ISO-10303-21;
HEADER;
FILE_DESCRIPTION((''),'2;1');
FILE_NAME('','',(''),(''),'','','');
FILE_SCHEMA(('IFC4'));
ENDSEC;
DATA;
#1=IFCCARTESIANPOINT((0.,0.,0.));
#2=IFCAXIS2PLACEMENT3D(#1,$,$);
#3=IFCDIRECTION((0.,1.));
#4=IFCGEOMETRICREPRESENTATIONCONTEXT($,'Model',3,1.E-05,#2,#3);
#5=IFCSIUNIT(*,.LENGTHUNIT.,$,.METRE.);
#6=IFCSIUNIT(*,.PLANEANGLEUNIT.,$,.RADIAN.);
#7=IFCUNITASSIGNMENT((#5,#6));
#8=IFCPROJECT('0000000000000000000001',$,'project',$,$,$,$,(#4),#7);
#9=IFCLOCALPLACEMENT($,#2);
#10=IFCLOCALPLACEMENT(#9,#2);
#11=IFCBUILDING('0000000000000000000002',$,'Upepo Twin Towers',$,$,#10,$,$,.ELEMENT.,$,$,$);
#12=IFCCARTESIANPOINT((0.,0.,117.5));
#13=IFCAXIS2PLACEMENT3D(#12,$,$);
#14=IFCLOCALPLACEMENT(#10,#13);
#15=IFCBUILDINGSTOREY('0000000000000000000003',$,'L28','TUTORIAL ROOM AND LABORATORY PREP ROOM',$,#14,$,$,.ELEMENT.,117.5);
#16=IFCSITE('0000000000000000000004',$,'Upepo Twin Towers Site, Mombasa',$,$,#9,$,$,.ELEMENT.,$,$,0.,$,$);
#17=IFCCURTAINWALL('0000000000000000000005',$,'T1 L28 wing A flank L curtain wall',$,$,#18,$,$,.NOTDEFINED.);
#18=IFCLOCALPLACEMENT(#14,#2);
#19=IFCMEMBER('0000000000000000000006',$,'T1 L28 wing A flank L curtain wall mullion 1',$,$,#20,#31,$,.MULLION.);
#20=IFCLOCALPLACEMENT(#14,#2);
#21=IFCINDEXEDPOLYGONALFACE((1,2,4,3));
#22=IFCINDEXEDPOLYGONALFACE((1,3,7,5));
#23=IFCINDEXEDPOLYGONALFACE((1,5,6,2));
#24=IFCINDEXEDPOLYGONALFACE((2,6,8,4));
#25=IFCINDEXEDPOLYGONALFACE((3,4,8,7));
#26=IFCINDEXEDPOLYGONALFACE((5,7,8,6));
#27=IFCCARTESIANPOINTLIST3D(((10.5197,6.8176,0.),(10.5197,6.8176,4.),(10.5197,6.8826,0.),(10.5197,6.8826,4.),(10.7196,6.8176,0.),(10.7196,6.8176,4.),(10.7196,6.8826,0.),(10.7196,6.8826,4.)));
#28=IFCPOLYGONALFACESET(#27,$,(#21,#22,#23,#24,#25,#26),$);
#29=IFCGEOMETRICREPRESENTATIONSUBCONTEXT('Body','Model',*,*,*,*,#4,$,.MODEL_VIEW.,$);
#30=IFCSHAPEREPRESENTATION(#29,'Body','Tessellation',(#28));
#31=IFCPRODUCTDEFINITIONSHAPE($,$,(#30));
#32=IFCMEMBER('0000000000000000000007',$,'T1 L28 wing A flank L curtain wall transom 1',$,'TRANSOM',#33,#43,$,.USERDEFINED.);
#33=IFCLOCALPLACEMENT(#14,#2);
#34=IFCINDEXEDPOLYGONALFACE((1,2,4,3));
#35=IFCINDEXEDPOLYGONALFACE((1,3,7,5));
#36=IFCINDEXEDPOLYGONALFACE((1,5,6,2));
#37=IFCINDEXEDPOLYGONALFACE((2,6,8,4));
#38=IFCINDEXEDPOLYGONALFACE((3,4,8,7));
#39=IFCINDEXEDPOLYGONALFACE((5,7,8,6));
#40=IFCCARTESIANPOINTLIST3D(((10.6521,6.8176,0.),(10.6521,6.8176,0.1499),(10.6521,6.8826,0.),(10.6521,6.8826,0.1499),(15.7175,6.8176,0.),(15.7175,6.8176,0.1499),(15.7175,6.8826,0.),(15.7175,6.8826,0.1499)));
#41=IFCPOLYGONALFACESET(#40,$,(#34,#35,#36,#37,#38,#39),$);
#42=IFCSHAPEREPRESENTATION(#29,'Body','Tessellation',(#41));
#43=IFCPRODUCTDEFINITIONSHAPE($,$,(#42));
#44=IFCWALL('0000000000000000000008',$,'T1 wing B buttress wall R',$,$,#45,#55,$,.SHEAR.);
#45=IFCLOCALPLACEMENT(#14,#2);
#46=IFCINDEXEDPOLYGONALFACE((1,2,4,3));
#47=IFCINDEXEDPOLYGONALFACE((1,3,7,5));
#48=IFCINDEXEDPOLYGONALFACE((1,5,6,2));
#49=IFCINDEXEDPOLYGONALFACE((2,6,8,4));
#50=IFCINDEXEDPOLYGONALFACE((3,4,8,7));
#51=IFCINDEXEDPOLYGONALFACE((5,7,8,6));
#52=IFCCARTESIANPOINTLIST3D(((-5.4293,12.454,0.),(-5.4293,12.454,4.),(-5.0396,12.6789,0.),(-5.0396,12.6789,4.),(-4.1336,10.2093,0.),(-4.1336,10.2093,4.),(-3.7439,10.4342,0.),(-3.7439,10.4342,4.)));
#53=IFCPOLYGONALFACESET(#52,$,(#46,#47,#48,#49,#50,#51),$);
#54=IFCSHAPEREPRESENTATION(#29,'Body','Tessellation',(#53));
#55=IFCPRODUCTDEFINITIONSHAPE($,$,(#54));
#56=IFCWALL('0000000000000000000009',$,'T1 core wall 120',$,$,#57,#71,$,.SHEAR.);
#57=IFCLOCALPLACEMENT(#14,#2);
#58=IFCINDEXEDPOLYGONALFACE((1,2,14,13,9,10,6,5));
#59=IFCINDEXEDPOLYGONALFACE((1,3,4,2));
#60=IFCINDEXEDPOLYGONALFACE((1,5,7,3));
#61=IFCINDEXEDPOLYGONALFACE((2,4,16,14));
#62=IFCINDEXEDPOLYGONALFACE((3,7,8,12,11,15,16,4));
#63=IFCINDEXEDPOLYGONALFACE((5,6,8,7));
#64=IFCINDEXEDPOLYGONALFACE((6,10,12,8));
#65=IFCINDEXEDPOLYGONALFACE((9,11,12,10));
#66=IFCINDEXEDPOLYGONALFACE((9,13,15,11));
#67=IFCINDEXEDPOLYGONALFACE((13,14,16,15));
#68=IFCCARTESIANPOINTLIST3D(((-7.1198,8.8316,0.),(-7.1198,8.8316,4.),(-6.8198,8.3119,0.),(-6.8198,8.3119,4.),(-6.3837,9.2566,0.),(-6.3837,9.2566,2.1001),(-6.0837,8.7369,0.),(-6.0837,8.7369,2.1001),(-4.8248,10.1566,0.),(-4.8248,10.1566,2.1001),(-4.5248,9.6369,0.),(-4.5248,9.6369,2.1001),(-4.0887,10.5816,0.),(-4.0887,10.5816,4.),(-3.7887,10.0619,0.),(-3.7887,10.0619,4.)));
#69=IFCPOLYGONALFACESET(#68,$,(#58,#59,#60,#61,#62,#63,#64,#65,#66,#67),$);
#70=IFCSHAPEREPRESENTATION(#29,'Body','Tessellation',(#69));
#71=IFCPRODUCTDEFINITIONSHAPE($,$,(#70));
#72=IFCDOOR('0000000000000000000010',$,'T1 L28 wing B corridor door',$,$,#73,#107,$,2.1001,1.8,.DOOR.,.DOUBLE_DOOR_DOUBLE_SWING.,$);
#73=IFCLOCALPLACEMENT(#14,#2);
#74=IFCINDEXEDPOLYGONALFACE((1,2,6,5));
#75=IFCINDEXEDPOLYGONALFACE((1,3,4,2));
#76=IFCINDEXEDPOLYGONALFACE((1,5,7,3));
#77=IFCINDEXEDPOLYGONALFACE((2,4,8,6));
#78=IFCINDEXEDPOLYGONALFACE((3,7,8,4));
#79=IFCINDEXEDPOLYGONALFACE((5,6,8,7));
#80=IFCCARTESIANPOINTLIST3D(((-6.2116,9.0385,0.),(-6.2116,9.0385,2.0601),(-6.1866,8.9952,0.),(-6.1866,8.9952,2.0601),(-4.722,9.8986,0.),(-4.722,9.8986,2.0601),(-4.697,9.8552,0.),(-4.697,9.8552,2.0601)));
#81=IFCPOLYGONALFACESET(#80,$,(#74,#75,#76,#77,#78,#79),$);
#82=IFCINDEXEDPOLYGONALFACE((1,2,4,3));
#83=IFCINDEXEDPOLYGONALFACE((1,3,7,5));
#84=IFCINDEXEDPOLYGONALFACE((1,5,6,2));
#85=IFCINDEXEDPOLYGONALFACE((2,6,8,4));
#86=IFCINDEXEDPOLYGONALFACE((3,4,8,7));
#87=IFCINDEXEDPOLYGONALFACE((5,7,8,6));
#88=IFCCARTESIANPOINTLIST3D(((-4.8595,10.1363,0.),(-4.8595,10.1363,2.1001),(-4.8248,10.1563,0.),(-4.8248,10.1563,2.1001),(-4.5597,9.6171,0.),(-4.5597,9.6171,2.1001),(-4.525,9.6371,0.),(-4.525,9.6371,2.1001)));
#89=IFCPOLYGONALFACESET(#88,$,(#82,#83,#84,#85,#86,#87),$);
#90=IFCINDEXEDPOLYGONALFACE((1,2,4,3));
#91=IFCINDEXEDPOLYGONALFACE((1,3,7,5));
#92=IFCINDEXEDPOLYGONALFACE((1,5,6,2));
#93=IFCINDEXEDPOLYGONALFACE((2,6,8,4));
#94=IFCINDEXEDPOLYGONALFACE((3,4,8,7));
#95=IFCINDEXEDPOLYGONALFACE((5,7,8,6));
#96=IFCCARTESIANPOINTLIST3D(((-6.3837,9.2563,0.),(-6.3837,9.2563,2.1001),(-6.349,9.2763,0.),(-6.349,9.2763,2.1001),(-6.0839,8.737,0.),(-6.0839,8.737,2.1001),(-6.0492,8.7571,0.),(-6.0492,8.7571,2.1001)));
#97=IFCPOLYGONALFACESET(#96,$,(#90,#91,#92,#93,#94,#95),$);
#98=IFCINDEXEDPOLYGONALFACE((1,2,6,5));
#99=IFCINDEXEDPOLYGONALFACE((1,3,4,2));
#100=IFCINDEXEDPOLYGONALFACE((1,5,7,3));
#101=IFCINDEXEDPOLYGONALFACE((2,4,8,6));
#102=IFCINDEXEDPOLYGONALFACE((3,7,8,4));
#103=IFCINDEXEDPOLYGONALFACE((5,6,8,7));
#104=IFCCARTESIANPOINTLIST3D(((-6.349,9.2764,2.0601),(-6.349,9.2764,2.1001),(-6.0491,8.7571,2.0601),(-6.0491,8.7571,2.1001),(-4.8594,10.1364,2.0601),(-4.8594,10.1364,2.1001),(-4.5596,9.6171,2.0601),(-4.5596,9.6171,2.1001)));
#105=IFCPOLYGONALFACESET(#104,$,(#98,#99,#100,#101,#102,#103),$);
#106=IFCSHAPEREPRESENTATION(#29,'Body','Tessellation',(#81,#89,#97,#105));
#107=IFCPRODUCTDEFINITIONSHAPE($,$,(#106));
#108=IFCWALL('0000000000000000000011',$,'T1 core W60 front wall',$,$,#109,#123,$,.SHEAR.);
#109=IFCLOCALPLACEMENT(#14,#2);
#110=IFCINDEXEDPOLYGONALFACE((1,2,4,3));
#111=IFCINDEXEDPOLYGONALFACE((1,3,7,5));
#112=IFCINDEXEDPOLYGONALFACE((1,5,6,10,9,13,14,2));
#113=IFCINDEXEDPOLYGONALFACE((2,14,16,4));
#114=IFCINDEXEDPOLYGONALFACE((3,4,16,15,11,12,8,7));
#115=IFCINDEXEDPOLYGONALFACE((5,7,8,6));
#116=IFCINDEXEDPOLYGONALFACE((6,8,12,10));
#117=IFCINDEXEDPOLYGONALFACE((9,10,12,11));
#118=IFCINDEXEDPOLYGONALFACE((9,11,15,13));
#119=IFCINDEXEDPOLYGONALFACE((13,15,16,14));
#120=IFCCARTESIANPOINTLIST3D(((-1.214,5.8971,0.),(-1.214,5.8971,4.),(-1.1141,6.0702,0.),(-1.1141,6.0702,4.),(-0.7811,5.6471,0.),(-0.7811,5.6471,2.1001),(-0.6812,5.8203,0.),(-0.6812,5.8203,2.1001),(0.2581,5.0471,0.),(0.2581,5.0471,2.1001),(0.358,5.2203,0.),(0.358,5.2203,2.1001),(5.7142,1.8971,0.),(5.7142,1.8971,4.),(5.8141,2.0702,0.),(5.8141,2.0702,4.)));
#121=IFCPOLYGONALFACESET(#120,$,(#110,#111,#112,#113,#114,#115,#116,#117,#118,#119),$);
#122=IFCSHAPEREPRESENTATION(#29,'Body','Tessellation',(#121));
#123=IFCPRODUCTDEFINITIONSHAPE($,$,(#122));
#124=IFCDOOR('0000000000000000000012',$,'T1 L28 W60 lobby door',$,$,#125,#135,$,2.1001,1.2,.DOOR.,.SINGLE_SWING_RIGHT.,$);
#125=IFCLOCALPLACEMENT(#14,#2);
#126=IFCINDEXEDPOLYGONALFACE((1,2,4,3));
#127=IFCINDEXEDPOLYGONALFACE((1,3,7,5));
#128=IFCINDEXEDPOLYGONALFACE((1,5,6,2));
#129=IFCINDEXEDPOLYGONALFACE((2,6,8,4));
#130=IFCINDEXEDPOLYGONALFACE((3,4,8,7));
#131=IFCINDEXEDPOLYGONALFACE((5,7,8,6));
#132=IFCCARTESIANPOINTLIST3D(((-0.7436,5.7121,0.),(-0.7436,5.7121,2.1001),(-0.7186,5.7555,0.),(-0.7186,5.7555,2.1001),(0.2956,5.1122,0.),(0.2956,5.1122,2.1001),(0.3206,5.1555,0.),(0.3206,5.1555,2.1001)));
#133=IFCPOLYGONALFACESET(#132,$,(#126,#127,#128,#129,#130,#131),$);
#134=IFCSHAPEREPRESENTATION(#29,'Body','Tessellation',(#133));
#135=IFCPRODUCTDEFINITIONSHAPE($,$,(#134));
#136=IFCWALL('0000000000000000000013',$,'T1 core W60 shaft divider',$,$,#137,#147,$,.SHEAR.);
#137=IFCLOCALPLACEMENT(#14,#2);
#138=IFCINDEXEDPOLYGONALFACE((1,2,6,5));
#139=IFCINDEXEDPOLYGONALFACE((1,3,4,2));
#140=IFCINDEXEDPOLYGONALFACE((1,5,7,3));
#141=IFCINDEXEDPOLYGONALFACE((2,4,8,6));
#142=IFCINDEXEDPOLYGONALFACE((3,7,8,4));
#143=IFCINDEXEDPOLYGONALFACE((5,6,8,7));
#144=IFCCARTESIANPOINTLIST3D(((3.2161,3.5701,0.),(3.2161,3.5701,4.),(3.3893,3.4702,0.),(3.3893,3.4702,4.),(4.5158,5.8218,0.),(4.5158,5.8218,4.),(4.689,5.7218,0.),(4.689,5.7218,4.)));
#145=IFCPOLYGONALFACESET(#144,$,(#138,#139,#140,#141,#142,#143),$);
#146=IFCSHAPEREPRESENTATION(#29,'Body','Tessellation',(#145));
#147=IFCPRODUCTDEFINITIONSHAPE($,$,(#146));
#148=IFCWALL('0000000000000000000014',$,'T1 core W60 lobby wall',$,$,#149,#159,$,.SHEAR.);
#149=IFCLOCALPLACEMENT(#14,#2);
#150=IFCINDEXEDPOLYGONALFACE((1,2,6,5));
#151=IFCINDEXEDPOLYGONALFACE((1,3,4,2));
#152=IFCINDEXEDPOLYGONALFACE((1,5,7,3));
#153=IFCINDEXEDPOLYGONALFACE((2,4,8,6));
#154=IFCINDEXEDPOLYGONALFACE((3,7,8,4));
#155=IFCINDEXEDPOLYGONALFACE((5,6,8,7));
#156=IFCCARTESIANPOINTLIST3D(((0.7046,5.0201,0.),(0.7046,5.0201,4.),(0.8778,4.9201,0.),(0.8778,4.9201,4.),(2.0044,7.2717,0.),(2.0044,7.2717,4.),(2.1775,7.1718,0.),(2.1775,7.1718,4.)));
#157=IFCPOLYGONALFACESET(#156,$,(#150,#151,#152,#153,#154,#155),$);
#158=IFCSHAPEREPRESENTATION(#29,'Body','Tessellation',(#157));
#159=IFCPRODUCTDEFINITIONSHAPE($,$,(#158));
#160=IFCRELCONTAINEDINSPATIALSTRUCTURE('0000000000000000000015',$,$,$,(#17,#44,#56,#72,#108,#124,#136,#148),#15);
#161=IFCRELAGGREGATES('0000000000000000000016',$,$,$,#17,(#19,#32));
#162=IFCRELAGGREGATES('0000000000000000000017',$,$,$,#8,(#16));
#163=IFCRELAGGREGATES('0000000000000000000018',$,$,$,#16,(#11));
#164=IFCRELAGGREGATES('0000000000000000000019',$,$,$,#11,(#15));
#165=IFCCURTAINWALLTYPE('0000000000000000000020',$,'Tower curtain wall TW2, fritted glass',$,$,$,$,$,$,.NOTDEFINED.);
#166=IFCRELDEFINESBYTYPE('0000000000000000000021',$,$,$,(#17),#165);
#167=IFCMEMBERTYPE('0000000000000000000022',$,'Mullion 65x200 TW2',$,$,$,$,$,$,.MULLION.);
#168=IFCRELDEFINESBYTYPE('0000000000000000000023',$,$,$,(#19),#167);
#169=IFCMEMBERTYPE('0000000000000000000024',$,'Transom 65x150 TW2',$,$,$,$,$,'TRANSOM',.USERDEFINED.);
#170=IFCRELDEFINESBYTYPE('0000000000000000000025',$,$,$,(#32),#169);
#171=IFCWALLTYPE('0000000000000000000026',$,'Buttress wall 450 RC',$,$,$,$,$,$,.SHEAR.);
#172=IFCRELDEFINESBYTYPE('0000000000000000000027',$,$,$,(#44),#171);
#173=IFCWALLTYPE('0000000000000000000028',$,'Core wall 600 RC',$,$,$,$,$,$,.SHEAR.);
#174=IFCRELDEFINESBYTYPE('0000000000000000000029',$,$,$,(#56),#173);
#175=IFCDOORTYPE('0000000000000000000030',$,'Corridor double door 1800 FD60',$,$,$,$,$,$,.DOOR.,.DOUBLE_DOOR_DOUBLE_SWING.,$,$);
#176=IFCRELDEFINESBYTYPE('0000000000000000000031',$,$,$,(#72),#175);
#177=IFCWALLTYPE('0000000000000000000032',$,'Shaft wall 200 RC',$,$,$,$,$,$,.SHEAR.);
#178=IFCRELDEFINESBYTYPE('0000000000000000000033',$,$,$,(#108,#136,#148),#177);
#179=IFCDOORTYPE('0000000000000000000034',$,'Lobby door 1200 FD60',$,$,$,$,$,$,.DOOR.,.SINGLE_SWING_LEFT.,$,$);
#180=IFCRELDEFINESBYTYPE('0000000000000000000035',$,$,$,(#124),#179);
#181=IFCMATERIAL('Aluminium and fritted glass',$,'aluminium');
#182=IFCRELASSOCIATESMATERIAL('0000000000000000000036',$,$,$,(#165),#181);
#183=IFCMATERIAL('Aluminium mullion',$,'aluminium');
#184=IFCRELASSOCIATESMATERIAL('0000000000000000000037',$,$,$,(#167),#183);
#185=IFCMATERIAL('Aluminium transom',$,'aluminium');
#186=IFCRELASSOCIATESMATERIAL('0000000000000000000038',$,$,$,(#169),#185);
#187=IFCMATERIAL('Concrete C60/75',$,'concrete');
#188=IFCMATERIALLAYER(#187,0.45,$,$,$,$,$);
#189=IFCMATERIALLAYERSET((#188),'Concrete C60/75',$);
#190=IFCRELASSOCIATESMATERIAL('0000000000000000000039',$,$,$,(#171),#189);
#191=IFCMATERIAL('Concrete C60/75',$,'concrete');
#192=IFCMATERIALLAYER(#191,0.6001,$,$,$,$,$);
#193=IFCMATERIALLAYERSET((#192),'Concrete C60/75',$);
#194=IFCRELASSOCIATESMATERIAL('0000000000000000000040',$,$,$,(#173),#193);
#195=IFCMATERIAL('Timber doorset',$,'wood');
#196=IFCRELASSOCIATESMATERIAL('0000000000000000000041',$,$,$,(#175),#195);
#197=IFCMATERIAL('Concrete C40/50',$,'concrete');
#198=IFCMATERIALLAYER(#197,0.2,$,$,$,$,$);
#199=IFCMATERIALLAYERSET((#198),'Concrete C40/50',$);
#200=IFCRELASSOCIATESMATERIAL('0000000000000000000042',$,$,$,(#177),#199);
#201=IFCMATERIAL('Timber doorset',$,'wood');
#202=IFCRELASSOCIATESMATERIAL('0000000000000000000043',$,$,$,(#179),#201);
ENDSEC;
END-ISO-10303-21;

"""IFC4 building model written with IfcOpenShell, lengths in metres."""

from ifc_helpers import new_model, si_unit, direction, frame, frame_2d, origin, origin_2d, place, context, subcontext, project, spatial, rectangle, extrude, material, layer, layer_set, material_profile, profile_set, type_object, element, fill, aggregate, save


model = new_model("IFC4")

# Units and contexts
model_context = context("Model", 3, precision=1e-05, world=origin(), true_north=direction((0.0, 1.0)))
body_context = subcontext(model_context, "Body", "Model", "MODEL_VIEW")
ifc_project = project(units=[si_unit("LENGTHUNIT", "METRE"), si_unit("PLANEANGLEUNIT", "RADIAN")], contexts=[model_context])

# Site, building, storey
site_placement = place(None, origin())
site = spatial("IfcSite", under=ifc_project, at=site_placement, Name="Upepo Twin Towers Site, Mombasa", CompositionType="ELEMENT", RefElevation=0.0)
building_placement = place(site_placement, origin())
building = spatial("IfcBuilding", under=site, at=building_placement, Name="Upepo Twin Towers", CompositionType="ELEMENT")
storey_placement = place(building_placement, frame((0.0, 0.0, 117.5)))
storey = spatial("IfcBuildingStorey", under=building, at=storey_placement, Name="L28", Description="TUTORIAL ROOM AND LABORATORY PREP ROOM", CompositionType="ELEMENT", Elevation=117.5)

# Curtain wall, members
ifc_material_1 = material(Name="Aluminium and fritted glass", Category="aluminium")
curtain_wall_type = type_object("IfcCurtainWallType", Name="Tower curtain wall TW2, fritted glass", PredefinedType="NOTDEFINED", material=ifc_material_1)
curtain_wall_placement = place(storey_placement, origin())
curtain_wall = element("IfcCurtainWall", 1, at=curtain_wall_placement, inside=storey, type_object=curtain_wall_type, Name="T1 L28 wing A flank L curtain wall", PredefinedType="NOTDEFINED")
ifc_material_2 = material(Name="Aluminium mullion", Category="aluminium")
ifc_material_profile_1 = material_profile(ifc_material_2, rectangle(XDim=0.0649, YDim=0.2, at=origin_2d()), Name="MULLION 65x200")
ifc_profile_set_1 = profile_set([ifc_material_profile_1], Name="Aluminium mullion")
member_type_1 = type_object("IfcMemberType", Name="Mullion 65x200 TW2", PredefinedType="MULLION", material=ifc_profile_set_1)
member_1_placement = place(storey_placement, frame((10.6196, 6.8501, 0.0), z_axis=(0.0, 0.0, 1.0), x_axis=(0.0, 1.0, 0.0)))
member_1 = element("IfcMember", 2, at=member_1_placement, type_object=member_type_1, Name="T1 L28 wing A flank L curtain wall mullion 1", PredefinedType="MULLION", context=body_context, shape_type="SweptSolid", body=[
    extrude(rectangle(XDim=0.0649, YDim=0.2, at=origin_2d()), origin(), (0.0, 0.0, 1.0), 4.0),
])
ifc_material_3 = material(Name="Aluminium transom", Category="aluminium")
ifc_material_profile_2 = material_profile(ifc_material_3, rectangle(XDim=0.0649, YDim=0.1499, at=origin_2d()), Name="TRANSOM 65x150")
ifc_profile_set_2 = profile_set([ifc_material_profile_2], Name="Aluminium transom")
member_type_2 = type_object("IfcMemberType", Name="Transom 65x150 TW2", ElementType="TRANSOM", PredefinedType="USERDEFINED", material=ifc_profile_set_2)
member_2_placement = place(storey_placement, frame((10.6521, 6.8501, 0.075), z_axis=(1.0, 0.0, 0.0), x_axis=(0.0, 1.0, 0.0)))
member_2 = element("IfcMember", 3, at=member_2_placement, type_object=member_type_2, Name="T1 L28 wing A flank L curtain wall transom 1", ObjectType="TRANSOM", PredefinedType="USERDEFINED", context=body_context, shape_type="SweptSolid", body=[
    extrude(rectangle(XDim=0.0649, YDim=0.1499, at=origin_2d()), origin(), (0.0, 0.0, 1.0), 5.0654),
])
aggregate(curtain_wall, [member_1, member_2])

# Wall
ifc_material_4 = material(Name="Concrete C60/75", Category="concrete")
ifc_layer_1 = layer(ifc_material_4, 0.45)
ifc_layer_set_1 = layer_set([ifc_layer_1], Name="Concrete C60/75")
wall_type_1 = type_object("IfcWallType", Name="Buttress wall 450 RC", PredefinedType="SHEAR", material=ifc_layer_set_1)
wall_1_placement = place(storey_placement, frame((-3.9387, 10.3218, 0.0), z_axis=(0.0, 0.0, 1.0), x_axis=(-0.499918, 0.866073, 0.0)))
element("IfcWall", 4, at=wall_1_placement, inside=storey, type_object=wall_type_1, Name="T1 wing B buttress wall R", PredefinedType="SHEAR", context=body_context, shape_type="SweptSolid", body=[
    extrude(rectangle(XDim=2.5918, YDim=0.45, at=frame_2d((1.2959, 0.0))), origin(), (0.0, 0.0, 1.0), 4.0),
])

# Walls, openings, doors
ifc_material_5 = material(Name="Concrete C60/75", Category="concrete")
ifc_layer_2 = layer(ifc_material_5, 0.6001)
ifc_layer_set_2 = layer_set([ifc_layer_2], Name="Concrete C60/75")
wall_type_2 = type_object("IfcWallType", Name="Core wall 600 RC", PredefinedType="SHEAR", material=ifc_layer_set_2)
wall_2_placement = place(storey_placement, frame((-3.9387, 10.3218, 0.0), z_axis=(0.0, 0.0, 1.0), x_axis=(-0.866019, -0.50001, 0.0)))
wall_2 = element("IfcWall", 5, at=wall_2_placement, inside=storey, type_object=wall_type_2, Name="T1 core wall 120", PredefinedType="SHEAR", context=body_context, shape_type="SweptSolid", body=[
    extrude(rectangle(XDim=3.5, YDim=0.6001, at=frame_2d((1.75, 0.0))), origin(), (0.0, 0.0, 1.0), 4.0),
])
opening_1_placement = place(wall_2_placement, frame((0.8501, 0.0, 0.0)))
opening_1 = element("IfcOpeningElement", 6, at=opening_1_placement, cuts=wall_2, PredefinedType="OPENING", context=body_context, shape_type="SweptSolid", body=[
    extrude(rectangle(XDim=1.8, YDim=2.1001, at=frame_2d((0.8999, 1.05))), frame((0.0, 0.3101, 0.0), z_axis=(0.0, -1.0, 0.0), x_axis=(1.0, 0.0, 0.0)), (0.0, 0.0, 1.0), 0.6201),
])
ifc_material_6 = material(Name="Timber doorset", Category="wood")
door_type_1 = type_object("IfcDoorType", Name="Corridor double door 1800 FD60", OperationType="DOUBLE_DOOR_DOUBLE_SWING", PredefinedType="DOOR", material=ifc_material_6)
door_1_placement = place(opening_1_placement, origin())
door_1 = element("IfcDoor", 7, at=door_1_placement, inside=storey, type_object=door_type_1, Name="T1 L28 wing B corridor door", OperationType="DOUBLE_DOOR_DOUBLE_SWING", OverallHeight=2.1001, OverallWidth=1.8, PredefinedType="DOOR", context=body_context, shape_type="SweptSolid", body=[
    extrude(rectangle(XDim=1.72, YDim=2.0601, at=frame_2d((0.8999, 1.03))), frame((0.0, 0.0249, 0.0), z_axis=(0.0, -1.0, 0.0), x_axis=(1.0, 0.0, 0.0)), (0.0, 0.0, 1.0), 0.05),
    extrude(rectangle(XDim=0.04, YDim=2.1001, at=frame_2d((0.02, 1.05))), frame((0.0, 0.2998, 0.0), z_axis=(0.0, -1.0, 0.0), x_axis=(1.0, 0.0, 0.0)), (0.0, 0.0, 1.0), 0.5996),
    extrude(rectangle(XDim=0.04, YDim=2.1001, at=frame_2d((1.78, 1.05))), frame((0.0, 0.2998, 0.0), z_axis=(0.0, -1.0, 0.0), x_axis=(1.0, 0.0, 0.0)), (0.0, 0.0, 1.0), 0.5996),
    extrude(rectangle(XDim=1.72, YDim=0.04, at=frame_2d((0.8999, 2.0801))), frame((0.0, 0.2998, 0.0), z_axis=(0.0, -1.0, 0.0), x_axis=(1.0, 0.0, 0.0)), (0.0, 0.0, 1.0), 0.5996),
])
fill(opening_1, door_1)
ifc_material_7 = material(Name="Concrete C40/50", Category="concrete")
ifc_layer_3 = layer(ifc_material_7, 0.2)
ifc_layer_set_3 = layer_set([ifc_layer_3], Name="Concrete C40/50")
wall_type_3 = type_object("IfcWallType", Name="Shaft wall 200 RC", PredefinedType="SHEAR", material=ifc_layer_set_3)
wall_3_placement = place(storey_placement, frame((5.7642, 1.9836, 0.0), z_axis=(0.0, 0.0, 1.0), x_axis=(-0.866026, 0.499999, 0.0)))
wall_3 = element("IfcWall", 8, at=wall_3_placement, inside=storey, type_object=wall_type_3, Name="T1 core W60 front wall", PredefinedType="SHEAR", context=body_context, shape_type="SweptSolid", body=[
    extrude(rectangle(XDim=8.0, YDim=0.2, at=frame_2d((4.0, 0.0))), origin(), (0.0, 0.0, 1.0), 4.0),
])
opening_2_placement = place(wall_3_placement, frame((6.3, 0.0, 0.0)))
opening_2 = element("IfcOpeningElement", 9, at=opening_2_placement, cuts=wall_3, PredefinedType="OPENING", context=body_context, shape_type="SweptSolid", body=[
    extrude(rectangle(XDim=1.2, YDim=2.1001, at=frame_2d((0.6001, 1.05))), frame((0.0, 0.1099, 0.0), z_axis=(0.0, -1.0, 0.0), x_axis=(1.0, 0.0, 0.0)), (0.0, 0.0, 1.0), 0.22),
])
ifc_material_8 = material(Name="Timber doorset", Category="wood")
door_type_2 = type_object("IfcDoorType", Name="Lobby door 1200 FD60", OperationType="SINGLE_SWING_LEFT", PredefinedType="DOOR", material=ifc_material_8)
door_2_placement = place(opening_2_placement, origin())
door_2 = element("IfcDoor", 10, at=door_2_placement, inside=storey, type_object=door_type_2, Name="T1 L28 W60 lobby door", OperationType="SINGLE_SWING_RIGHT", OverallHeight=2.1001, OverallWidth=1.2, PredefinedType="DOOR", context=body_context, shape_type="SweptSolid", body=[
    extrude(rectangle(XDim=1.2, YDim=2.1001, at=frame_2d((0.6001, 1.05))), frame((0.0, 0.0249, 0.0), z_axis=(0.0, -1.0, 0.0), x_axis=(1.0, 0.0, 0.0)), (0.0, 0.0, 1.0), 0.05),
])
fill(opening_2, door_2)

# Walls
for number, where, z_axis, x_axis, name in (
    (11, (3.3027, 3.5203, 0.0), (0.0, 0.0, 1.0), (0.499937, 0.866062, 0.0), "T1 core W60 shaft divider"),
    (12, (0.7913, 4.9702, 0.0), (0.0, 0.0, 1.0), (0.499937, 0.866062, 0.0), "T1 core W60 lobby wall"),
):
    element("IfcWall", number, at=place(storey_placement, frame(where, z_axis=z_axis, x_axis=x_axis)), inside=storey, type_object=wall_type_3, Name=name, PredefinedType="SHEAR", context=body_context, shape_type="SweptSolid", body=[
        extrude(rectangle(XDim=2.5999, YDim=0.2, at=frame_2d((1.2998, 0.0))), origin(), (0.0, 0.0, 1.0), 4.0),
    ])

save(model, "model.ifc")
